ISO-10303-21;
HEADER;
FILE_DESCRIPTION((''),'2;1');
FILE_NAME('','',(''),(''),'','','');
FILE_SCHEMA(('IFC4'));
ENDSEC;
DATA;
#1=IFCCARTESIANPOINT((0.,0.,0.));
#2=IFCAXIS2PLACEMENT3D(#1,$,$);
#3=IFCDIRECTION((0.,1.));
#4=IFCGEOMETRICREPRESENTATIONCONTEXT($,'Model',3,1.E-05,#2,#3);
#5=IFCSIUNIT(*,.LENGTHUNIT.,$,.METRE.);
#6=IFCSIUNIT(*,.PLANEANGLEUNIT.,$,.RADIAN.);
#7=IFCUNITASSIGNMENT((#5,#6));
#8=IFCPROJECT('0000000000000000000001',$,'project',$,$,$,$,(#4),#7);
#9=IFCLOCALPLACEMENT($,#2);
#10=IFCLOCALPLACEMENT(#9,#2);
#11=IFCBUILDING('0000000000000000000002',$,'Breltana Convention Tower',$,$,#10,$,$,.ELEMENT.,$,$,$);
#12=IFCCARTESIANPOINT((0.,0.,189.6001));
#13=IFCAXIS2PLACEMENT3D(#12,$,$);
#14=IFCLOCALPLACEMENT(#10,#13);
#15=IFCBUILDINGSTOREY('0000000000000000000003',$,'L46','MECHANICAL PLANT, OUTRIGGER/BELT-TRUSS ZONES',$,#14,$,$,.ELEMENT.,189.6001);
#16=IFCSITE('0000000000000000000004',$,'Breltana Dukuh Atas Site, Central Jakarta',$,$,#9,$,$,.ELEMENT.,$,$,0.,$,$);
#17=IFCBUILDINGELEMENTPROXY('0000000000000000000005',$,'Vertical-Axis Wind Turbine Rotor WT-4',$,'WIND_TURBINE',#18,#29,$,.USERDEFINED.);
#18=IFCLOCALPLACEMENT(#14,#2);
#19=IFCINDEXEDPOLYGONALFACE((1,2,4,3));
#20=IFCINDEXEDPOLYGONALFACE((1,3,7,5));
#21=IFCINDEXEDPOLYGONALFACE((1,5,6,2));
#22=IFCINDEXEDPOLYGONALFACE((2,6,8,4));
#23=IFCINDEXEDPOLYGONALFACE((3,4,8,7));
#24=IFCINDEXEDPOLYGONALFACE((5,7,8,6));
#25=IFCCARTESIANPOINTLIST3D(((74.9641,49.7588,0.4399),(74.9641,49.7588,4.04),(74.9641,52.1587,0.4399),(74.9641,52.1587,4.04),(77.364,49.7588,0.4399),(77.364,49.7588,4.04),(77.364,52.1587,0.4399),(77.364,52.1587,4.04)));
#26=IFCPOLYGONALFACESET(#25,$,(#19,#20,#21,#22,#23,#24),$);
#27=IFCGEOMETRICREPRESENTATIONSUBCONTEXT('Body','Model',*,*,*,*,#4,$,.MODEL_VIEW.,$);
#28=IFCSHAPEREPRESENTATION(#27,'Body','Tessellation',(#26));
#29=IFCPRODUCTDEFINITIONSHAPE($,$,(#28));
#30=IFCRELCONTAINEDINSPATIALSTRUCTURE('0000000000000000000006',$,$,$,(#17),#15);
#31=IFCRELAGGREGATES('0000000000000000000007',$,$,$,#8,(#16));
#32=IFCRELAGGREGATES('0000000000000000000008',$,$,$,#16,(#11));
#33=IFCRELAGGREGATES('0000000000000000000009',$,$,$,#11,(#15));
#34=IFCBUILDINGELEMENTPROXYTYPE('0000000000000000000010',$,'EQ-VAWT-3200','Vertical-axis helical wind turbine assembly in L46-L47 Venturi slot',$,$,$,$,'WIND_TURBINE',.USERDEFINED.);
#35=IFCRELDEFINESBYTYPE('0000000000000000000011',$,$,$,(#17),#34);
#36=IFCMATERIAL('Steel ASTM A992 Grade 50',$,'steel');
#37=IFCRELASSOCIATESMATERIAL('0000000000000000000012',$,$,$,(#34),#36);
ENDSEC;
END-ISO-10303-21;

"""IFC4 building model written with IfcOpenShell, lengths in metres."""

from ifc_helpers import new_model, si_unit, direction, frame, origin, origin_2d, place, context, subcontext, project, spatial, rectangle, extrude, source, transform, mapped, material, type_object, type_shapes, element, save


model = new_model("IFC4")

# Units and contexts
model_context = context("Model", 3, precision=1e-05, world=origin(), true_north=direction((0.0, 1.0)))
body_context = subcontext(model_context, "Body", "Model", "MODEL_VIEW")
ifc_project = project(units=[si_unit("LENGTHUNIT", "METRE"), si_unit("PLANEANGLEUNIT", "RADIAN")], contexts=[model_context])

# Site, building, storey
site_placement = place(None, origin())
site = spatial("IfcSite", under=ifc_project, at=site_placement, Name="Breltana Dukuh Atas Site, Central Jakarta", CompositionType="ELEMENT", RefElevation=0.0)
building_placement = place(site_placement, origin())
building = spatial("IfcBuilding", under=site, at=building_placement, Name="Breltana Convention Tower", CompositionType="ELEMENT")
storey_placement = place(building_placement, frame((0.0, 0.0, 189.6001)))
storey = spatial("IfcBuildingStorey", under=building, at=storey_placement, Name="L46", Description="MECHANICAL PLANT, OUTRIGGER/BELT-TRUSS ZONES", CompositionType="ELEMENT", Elevation=189.6001)

# Shared definitions
ifc_material_1 = material(Name="Steel ASTM A992 Grade 50", Category="steel")

# Building element proxy
building_element_proxy_type = type_object("IfcBuildingElementProxyType", Name="EQ-VAWT-3200", Description="Vertical-axis helical wind turbine assembly in L46-L47 Venturi slot", ElementType="WIND_TURBINE", PredefinedType="USERDEFINED", material=ifc_material_1)
shared_shape_1 = source(origin(), body_context, "Body", "SweptSolid", [
    extrude(rectangle(XDim=2.3999, YDim=2.3999, at=origin_2d()), origin(), (0.0, 0.0, 1.0), 3.6001),
])
type_shapes(building_element_proxy_type, [shared_shape_1])
proxy_placement = place(storey_placement, frame((76.1641, 50.9587, 0.4399), z_axis=(0.0, 0.0, 1.0), x_axis=(1.0, 0.0, 0.0)))
element("IfcBuildingElementProxy", 1, at=proxy_placement, inside=storey, type_object=building_element_proxy_type, Name="Vertical-Axis Wind Turbine Rotor WT-4", ObjectType="WIND_TURBINE", PredefinedType="USERDEFINED", context=body_context, shape_type="MappedRepresentation", body=[
    mapped(shared_shape_1, transform((0.0, 0.0, 0.0), scale=1.0)),
])

save(model, "model.ifc")
